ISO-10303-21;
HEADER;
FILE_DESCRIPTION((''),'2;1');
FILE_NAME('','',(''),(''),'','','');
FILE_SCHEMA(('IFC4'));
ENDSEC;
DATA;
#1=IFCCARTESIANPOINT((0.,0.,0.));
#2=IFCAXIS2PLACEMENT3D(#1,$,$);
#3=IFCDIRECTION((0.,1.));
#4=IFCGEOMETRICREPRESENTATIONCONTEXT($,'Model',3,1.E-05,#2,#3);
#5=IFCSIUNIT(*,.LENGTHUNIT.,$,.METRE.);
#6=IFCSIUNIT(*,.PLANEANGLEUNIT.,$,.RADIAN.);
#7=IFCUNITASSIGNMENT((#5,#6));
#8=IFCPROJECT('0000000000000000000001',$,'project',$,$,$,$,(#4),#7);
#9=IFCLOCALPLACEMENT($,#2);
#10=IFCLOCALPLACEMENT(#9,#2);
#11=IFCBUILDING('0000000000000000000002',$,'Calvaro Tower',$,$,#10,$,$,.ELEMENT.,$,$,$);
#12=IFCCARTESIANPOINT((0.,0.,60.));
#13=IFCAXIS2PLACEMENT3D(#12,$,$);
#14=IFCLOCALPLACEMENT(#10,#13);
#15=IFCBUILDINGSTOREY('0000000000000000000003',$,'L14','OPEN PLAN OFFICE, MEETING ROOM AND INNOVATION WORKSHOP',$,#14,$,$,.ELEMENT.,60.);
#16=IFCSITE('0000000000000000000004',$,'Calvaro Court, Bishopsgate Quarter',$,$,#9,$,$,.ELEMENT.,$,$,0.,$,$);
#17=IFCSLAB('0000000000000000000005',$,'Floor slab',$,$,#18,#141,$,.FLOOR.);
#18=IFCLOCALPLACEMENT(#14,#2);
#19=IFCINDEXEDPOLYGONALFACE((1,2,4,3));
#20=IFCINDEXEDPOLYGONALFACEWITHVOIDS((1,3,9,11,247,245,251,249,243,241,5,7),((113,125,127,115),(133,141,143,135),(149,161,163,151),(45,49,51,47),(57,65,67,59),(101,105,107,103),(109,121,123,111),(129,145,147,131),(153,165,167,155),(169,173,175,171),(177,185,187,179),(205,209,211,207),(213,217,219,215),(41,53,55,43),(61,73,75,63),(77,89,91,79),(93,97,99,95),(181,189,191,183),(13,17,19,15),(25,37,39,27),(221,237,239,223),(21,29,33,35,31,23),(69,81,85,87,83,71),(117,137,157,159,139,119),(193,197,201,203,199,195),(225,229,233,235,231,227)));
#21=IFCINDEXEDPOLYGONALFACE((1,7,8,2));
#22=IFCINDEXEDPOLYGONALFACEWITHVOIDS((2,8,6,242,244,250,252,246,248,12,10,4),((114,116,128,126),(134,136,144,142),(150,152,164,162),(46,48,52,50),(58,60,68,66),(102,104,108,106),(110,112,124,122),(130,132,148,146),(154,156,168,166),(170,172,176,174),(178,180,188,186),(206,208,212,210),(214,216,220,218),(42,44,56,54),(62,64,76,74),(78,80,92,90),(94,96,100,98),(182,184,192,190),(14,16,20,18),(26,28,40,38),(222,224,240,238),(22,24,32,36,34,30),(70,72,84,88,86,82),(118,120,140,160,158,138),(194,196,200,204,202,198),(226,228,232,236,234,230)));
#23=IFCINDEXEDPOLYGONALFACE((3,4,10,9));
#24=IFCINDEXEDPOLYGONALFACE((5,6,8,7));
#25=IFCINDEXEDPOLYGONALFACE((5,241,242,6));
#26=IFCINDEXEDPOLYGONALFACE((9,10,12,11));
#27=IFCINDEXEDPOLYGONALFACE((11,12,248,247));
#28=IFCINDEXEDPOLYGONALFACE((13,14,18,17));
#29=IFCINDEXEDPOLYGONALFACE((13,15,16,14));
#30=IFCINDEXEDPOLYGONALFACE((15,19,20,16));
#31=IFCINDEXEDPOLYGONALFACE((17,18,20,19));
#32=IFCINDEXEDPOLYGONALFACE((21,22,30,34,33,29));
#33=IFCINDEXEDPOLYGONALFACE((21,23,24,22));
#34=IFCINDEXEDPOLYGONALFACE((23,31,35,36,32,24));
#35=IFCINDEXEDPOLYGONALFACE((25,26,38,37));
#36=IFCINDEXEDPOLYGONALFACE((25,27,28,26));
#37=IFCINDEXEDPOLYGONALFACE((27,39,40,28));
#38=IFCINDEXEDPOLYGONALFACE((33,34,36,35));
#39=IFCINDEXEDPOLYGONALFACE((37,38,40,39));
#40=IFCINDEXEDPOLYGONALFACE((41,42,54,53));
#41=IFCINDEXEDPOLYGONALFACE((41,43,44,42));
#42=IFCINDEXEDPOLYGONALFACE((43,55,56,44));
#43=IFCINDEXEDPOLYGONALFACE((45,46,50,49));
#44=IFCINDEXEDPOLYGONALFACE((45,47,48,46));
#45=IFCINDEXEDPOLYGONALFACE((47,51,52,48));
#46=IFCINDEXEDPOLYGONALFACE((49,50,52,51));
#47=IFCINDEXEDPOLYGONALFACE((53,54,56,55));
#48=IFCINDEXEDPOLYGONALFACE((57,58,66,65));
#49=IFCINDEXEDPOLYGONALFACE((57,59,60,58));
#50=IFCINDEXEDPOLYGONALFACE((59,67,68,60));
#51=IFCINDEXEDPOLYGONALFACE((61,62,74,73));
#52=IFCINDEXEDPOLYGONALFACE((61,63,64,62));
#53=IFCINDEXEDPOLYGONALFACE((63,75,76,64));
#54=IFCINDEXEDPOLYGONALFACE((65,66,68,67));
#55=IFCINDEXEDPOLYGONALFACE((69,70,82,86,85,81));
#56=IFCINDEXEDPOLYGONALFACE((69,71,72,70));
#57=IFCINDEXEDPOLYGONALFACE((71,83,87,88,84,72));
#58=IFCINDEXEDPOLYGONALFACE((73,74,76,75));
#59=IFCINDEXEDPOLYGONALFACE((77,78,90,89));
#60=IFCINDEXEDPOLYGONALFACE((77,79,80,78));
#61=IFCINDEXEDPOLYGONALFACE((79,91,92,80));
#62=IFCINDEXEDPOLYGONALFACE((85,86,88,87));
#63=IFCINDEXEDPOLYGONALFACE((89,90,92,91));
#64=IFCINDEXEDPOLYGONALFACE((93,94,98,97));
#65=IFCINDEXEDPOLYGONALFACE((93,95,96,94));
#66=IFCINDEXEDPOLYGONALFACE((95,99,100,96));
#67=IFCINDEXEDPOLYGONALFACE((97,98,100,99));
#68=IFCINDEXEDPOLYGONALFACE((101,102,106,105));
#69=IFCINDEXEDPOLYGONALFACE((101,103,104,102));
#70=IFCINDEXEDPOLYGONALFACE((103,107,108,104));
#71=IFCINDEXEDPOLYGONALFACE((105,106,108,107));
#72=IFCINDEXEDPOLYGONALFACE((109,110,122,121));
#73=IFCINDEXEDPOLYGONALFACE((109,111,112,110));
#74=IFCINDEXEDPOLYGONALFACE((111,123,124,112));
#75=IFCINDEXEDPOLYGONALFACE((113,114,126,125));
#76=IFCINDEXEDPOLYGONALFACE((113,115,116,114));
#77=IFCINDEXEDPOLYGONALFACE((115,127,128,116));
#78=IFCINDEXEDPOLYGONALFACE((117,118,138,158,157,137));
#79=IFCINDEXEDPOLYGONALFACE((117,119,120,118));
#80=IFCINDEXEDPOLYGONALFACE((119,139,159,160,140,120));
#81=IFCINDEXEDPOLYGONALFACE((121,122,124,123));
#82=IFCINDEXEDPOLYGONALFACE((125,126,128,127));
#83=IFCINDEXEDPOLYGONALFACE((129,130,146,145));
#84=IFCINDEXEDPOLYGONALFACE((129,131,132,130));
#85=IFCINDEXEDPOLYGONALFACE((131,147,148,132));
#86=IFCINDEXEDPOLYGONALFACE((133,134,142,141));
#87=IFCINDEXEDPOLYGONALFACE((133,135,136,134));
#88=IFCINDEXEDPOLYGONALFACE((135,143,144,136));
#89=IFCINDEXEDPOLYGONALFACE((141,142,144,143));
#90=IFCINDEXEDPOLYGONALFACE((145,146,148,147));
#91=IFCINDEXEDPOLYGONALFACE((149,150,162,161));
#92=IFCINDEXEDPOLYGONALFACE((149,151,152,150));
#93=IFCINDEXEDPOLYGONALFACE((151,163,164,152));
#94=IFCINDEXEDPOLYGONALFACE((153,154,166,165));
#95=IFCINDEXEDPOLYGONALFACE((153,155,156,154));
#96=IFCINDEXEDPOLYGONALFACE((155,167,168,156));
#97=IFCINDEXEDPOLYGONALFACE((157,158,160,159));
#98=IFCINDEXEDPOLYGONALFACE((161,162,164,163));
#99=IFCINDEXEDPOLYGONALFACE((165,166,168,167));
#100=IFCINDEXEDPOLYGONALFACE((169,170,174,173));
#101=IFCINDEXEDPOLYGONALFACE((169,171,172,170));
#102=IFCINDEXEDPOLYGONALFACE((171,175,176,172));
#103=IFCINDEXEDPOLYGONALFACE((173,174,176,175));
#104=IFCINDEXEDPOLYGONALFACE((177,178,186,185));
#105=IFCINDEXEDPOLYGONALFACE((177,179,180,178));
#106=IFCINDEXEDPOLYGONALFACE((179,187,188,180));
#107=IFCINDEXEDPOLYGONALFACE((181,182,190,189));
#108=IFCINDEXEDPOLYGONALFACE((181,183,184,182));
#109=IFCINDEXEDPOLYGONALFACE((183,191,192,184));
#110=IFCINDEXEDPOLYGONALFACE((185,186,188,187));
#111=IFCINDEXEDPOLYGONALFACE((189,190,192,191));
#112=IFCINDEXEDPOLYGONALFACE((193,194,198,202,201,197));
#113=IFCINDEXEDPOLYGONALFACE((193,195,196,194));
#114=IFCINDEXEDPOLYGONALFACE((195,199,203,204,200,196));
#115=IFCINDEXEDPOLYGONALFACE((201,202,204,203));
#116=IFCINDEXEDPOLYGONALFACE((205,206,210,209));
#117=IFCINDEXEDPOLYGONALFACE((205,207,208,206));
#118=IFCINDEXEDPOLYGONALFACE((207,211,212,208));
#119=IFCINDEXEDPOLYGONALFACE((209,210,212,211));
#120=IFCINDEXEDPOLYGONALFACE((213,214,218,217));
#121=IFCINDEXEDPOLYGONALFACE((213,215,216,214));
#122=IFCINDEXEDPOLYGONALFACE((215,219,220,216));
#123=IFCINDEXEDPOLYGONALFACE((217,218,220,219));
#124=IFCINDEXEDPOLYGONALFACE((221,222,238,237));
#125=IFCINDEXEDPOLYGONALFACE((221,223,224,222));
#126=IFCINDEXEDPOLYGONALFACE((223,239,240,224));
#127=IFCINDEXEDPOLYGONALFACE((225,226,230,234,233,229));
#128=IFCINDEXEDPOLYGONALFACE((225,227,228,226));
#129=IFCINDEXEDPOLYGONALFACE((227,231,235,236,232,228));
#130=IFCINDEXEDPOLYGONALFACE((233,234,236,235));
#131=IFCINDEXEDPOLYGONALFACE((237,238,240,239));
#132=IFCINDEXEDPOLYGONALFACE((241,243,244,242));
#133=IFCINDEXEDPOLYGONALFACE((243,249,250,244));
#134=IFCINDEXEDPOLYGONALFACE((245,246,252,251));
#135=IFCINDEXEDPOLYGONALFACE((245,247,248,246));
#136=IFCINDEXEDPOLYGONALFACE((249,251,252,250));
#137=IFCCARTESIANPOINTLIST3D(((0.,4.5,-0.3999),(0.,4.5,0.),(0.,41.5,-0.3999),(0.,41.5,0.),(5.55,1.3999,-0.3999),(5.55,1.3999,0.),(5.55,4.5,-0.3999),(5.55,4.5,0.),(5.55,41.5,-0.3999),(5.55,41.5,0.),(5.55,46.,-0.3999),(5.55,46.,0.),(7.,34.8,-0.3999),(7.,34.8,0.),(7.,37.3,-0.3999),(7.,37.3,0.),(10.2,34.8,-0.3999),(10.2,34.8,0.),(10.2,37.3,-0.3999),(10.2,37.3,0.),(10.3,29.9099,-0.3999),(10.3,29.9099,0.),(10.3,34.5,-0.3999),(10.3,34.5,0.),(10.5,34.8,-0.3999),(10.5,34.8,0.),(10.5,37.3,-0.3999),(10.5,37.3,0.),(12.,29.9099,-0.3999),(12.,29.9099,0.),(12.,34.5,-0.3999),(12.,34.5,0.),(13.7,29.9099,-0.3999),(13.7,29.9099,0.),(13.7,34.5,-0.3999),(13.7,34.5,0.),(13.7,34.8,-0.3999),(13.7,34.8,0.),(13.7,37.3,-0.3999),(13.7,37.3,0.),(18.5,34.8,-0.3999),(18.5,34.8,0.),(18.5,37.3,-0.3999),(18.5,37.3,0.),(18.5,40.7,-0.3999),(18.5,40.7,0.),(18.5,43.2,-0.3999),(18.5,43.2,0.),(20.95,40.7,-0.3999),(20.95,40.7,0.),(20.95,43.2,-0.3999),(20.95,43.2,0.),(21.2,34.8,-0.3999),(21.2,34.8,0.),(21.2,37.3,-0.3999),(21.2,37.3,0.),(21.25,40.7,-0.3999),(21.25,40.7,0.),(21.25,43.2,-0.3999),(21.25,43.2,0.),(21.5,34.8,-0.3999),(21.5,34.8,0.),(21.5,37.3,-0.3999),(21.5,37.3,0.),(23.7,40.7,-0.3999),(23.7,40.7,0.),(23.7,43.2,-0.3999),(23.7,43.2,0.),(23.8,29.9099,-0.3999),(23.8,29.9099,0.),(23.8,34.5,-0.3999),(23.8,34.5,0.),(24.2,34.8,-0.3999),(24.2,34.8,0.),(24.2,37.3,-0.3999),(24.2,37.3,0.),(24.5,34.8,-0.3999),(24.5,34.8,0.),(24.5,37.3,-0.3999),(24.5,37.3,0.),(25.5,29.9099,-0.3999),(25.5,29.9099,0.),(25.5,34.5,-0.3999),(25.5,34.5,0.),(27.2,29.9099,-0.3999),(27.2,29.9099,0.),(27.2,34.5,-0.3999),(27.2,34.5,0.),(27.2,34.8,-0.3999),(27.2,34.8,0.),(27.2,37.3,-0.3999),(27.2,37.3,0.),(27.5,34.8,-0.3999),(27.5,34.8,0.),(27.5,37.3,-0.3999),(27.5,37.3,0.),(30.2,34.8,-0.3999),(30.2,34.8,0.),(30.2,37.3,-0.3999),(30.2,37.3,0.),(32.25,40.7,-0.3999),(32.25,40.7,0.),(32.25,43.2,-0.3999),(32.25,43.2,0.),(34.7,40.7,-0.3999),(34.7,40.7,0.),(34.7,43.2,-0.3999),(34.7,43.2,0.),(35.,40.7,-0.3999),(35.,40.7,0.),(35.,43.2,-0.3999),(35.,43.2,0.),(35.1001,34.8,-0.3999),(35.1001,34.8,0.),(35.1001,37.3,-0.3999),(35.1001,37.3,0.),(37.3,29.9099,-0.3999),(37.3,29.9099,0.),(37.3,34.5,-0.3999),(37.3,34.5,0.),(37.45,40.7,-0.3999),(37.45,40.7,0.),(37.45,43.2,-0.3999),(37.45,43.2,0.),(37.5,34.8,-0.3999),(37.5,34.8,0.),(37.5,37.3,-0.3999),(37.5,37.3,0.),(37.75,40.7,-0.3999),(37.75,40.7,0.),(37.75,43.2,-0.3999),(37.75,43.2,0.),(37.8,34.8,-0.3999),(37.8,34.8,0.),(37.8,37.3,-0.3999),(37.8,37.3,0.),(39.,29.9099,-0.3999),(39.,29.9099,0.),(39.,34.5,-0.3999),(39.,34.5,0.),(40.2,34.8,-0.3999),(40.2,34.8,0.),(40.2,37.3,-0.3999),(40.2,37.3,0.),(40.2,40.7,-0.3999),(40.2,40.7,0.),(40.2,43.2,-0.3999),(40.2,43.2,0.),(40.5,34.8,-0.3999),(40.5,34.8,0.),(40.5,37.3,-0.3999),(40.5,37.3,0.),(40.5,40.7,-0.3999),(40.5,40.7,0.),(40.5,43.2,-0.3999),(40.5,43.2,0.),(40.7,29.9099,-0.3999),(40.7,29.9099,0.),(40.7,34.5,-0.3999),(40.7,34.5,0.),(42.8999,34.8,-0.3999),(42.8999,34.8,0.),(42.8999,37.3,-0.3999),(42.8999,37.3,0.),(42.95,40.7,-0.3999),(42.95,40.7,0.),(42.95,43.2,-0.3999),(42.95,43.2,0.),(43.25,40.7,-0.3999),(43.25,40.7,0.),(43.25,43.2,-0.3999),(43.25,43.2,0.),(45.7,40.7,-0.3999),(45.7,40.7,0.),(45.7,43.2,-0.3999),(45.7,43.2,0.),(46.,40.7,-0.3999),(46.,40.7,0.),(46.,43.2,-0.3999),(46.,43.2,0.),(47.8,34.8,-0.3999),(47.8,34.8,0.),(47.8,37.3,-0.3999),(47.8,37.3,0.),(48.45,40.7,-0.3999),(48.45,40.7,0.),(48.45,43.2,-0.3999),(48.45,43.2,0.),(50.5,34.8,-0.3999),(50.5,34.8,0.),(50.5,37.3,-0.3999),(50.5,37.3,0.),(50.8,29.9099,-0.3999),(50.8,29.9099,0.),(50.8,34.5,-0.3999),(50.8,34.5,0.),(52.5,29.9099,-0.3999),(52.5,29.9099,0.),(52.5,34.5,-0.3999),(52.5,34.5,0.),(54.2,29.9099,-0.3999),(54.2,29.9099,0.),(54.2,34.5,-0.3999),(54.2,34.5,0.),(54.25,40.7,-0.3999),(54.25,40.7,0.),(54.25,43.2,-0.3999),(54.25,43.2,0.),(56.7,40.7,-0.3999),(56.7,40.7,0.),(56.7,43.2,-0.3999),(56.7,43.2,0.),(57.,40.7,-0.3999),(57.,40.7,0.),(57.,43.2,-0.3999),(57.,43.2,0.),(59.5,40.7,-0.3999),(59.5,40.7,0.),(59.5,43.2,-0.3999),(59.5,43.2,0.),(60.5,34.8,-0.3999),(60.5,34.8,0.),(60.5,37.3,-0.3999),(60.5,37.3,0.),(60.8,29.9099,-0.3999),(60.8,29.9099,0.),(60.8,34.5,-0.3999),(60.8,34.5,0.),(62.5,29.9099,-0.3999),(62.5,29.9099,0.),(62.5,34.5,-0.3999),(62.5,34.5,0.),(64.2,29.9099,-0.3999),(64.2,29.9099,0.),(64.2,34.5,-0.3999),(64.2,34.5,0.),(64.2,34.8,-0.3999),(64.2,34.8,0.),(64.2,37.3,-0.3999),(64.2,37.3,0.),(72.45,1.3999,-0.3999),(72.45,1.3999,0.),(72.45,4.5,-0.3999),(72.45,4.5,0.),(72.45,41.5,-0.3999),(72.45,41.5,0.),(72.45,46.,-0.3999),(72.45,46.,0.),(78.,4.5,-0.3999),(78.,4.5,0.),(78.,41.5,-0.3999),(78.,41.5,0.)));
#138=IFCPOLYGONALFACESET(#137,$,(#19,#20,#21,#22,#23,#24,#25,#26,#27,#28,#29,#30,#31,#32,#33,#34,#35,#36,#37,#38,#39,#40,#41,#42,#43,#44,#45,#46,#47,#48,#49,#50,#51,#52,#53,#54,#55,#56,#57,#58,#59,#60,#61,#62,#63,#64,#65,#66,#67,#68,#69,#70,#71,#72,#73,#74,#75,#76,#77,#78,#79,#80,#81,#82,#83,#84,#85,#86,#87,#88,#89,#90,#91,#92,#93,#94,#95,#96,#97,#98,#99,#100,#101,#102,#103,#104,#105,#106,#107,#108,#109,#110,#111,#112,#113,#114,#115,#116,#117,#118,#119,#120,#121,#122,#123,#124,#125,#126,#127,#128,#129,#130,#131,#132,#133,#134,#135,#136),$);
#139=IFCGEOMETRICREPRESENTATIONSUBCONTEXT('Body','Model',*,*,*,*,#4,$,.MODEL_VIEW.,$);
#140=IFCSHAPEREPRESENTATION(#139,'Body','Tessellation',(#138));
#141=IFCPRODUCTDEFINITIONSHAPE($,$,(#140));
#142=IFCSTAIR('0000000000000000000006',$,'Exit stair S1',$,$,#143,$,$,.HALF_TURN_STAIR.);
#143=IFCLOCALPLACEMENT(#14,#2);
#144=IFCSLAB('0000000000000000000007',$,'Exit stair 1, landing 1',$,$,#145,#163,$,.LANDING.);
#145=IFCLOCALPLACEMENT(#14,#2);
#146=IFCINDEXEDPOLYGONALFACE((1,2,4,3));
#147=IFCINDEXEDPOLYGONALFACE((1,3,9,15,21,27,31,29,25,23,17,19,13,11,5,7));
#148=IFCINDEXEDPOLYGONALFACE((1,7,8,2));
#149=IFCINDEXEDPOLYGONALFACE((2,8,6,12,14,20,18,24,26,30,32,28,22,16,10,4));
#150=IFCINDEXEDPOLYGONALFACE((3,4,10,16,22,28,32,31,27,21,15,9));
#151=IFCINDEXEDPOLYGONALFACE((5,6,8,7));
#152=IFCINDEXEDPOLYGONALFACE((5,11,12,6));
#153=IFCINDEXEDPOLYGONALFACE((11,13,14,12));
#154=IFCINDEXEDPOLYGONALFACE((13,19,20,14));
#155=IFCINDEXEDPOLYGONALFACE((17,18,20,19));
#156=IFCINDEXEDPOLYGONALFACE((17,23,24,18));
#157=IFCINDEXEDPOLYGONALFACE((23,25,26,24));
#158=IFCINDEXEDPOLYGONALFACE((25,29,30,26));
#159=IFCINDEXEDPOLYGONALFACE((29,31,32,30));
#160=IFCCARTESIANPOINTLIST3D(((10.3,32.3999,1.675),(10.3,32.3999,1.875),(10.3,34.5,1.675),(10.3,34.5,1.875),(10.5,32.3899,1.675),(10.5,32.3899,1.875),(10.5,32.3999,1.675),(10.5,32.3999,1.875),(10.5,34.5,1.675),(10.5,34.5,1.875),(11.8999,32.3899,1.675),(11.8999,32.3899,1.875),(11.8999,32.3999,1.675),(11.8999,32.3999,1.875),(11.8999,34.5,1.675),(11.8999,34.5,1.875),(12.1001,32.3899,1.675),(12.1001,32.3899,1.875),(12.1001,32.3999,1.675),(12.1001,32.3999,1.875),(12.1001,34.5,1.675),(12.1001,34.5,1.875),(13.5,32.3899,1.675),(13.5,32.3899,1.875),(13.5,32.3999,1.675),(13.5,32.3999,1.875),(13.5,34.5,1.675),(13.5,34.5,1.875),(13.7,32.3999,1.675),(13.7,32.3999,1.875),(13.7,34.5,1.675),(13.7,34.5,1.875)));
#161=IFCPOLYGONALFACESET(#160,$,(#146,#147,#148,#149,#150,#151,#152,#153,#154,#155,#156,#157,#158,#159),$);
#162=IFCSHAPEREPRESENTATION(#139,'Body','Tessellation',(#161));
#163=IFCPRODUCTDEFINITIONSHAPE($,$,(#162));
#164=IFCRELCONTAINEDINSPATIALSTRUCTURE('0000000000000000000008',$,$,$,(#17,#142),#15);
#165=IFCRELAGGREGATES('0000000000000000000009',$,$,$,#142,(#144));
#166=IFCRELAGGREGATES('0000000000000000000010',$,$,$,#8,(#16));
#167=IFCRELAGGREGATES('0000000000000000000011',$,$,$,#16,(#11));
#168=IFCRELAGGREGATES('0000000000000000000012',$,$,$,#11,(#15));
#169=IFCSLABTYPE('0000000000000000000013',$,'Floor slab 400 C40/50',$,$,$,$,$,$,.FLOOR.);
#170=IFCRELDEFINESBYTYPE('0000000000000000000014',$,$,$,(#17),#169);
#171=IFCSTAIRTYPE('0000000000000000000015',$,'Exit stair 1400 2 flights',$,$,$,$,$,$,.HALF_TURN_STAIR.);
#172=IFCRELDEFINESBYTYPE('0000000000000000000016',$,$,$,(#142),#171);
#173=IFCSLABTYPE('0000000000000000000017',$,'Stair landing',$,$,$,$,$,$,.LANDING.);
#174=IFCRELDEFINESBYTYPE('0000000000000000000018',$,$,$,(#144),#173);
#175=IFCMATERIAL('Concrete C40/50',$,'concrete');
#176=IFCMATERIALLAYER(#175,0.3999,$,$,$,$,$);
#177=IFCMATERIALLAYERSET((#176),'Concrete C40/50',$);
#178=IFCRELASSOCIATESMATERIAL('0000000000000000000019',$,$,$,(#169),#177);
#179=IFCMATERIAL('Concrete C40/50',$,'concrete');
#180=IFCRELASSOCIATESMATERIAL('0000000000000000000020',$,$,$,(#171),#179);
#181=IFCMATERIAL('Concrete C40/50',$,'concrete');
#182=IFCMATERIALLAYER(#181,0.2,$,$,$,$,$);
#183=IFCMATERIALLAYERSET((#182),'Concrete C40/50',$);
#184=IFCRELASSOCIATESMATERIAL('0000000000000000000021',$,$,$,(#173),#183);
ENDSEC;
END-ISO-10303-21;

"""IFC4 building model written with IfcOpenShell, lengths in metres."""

from ifc_helpers import new_model, si_unit, direction, frame, origin, place, context, subcontext, project, spatial, polyline, outline, extrude, material, layer, layer_set, type_object, element, aggregate, save


model = new_model("IFC4")

# Units and contexts
model_context = context("Model", 3, precision=1e-05, world=origin(), true_north=direction((0.0, 1.0)))
body_context = subcontext(model_context, "Body", "Model", "MODEL_VIEW")
ifc_project = project(units=[si_unit("LENGTHUNIT", "METRE"), si_unit("PLANEANGLEUNIT", "RADIAN")], contexts=[model_context])

# Site, building, storey
site_placement = place(None, origin())
site = spatial("IfcSite", under=ifc_project, at=site_placement, Name="Calvaro Court, Bishopsgate Quarter", CompositionType="ELEMENT", RefElevation=0.0)
building_placement = place(site_placement, origin())
building = spatial("IfcBuilding", under=site, at=building_placement, Name="Calvaro Tower", CompositionType="ELEMENT")
storey_placement = place(building_placement, frame((0.0, 0.0, 60.0)))
storey = spatial("IfcBuildingStorey", under=building, at=storey_placement, Name="L14", Description="OPEN PLAN OFFICE, MEETING ROOM AND INNOVATION WORKSHOP", CompositionType="ELEMENT", Elevation=60.0)

# Slab
ifc_material_1 = material(Name="Concrete C40/50", Category="concrete")
ifc_layer_1 = layer(ifc_material_1, 0.3999)
ifc_layer_set_1 = layer_set([ifc_layer_1], Name="Concrete C40/50")
slab_type_1 = type_object("IfcSlabType", Name="Floor slab 400 C40/50", PredefinedType="FLOOR", material=ifc_layer_set_1)
slab_1_placement = place(storey_placement, frame((0.0, 0.0, -0.3999)))
element("IfcSlab", 1, at=slab_1_placement, inside=storey, type_object=slab_type_1, Name="Floor slab", PredefinedType="FLOOR", context=body_context, shape_type="SweptSolid", body=[
    extrude(outline(polyline([(72.45, 4.5), (72.45, 1.3999), (5.55, 1.3999), (5.55, 4.5), (0.0, 4.5), (0.0, 41.5), (5.55, 41.5), (5.55, 46.0), (72.45, 46.0), (72.45, 41.5), (78.0, 41.5), (78.0, 4.5), (72.45, 4.5)]), holes=[polyline([(10.3, 29.9099), (10.3, 34.5), (12.0, 34.5), (13.7, 34.5), (13.7, 29.9099), (12.0, 29.9099), (10.3, 29.9099)]), polyline([(23.8, 29.9099), (23.8, 34.5), (25.5, 34.5), (27.2, 34.5), (27.2, 29.9099), (25.5, 29.9099), (23.8, 29.9099)]), polyline([(37.3, 29.9099), (37.3, 34.5), (39.0, 34.5), (40.7, 34.5), (40.7, 29.9099), (39.0, 29.9099), (37.3, 29.9099)]), polyline([(50.8, 29.9099), (50.8, 34.5), (52.5, 34.5), (54.2, 34.5), (54.2, 29.9099), (52.5, 29.9099), (50.8, 29.9099)]), polyline([(60.8, 29.9099), (60.8, 34.5), (62.5, 34.5), (64.2, 34.5), (64.2, 29.9099), (62.5, 29.9099), (60.8, 29.9099)]), polyline([(18.5, 34.8), (21.2, 34.8), (21.2, 37.3), (18.5, 37.3), (18.5, 34.8)]), polyline([(21.5, 34.8), (24.2, 34.8), (24.2, 37.3), (21.5, 37.3), (21.5, 34.8)]), polyline([(24.5, 34.8), (27.2, 34.8), (27.2, 37.3), (24.5, 37.3), (24.5, 34.8)]), polyline([(35.1001, 34.8), (37.5, 34.8), (37.5, 37.3), (35.1001, 37.3), (35.1001, 34.8)]), polyline([(37.8, 34.8), (40.2, 34.8), (40.2, 37.3), (37.8, 37.3), (37.8, 34.8)]), polyline([(40.5, 34.8), (42.8999, 34.8), (42.8999, 37.3), (40.5, 37.3), (40.5, 34.8)]), polyline([(18.5, 40.7), (20.95, 40.7), (20.95, 43.2), (18.5, 43.2), (18.5, 40.7)]), polyline([(21.25, 40.7), (23.7, 40.7), (23.7, 43.2), (21.25, 43.2), (21.25, 40.7)]), polyline([(32.25, 40.7), (34.7, 40.7), (34.7, 43.2), (32.25, 43.2), (32.25, 40.7)]), polyline([(35.0, 40.7), (37.45, 40.7), (37.45, 43.2), (35.0, 43.2), (35.0, 40.7)]), polyline([(37.75, 40.7), (40.2, 40.7), (40.2, 43.2), (37.75, 43.2), (37.75, 40.7)]), polyline([(40.5, 40.7), (42.95, 40.7), (42.95, 43.2), (40.5, 43.2), (40.5, 40.7)]), polyline([(43.25, 40.7), (45.7, 40.7), (45.7, 43.2), (43.25, 43.2), (43.25, 40.7)]), polyline([(46.0, 40.7), (48.45, 40.7), (48.45, 43.2), (46.0, 43.2), (46.0, 40.7)]), polyline([(54.25, 40.7), (56.7, 40.7), (56.7, 43.2), (54.25, 43.2), (54.25, 40.7)]), polyline([(57.0, 40.7), (59.5, 40.7), (59.5, 43.2), (57.0, 43.2), (57.0, 40.7)]), polyline([(7.0, 34.8), (10.2, 34.8), (10.2, 37.3), (7.0, 37.3), (7.0, 34.8)]), polyline([(10.5, 34.8), (13.7, 34.8), (13.7, 37.3), (10.5, 37.3), (10.5, 34.8)]), polyline([(60.5, 34.8), (64.2, 34.8), (64.2, 37.3), (60.5, 37.3), (60.5, 34.8)]), polyline([(27.5, 34.8), (30.2, 34.8), (30.2, 37.3), (27.5, 37.3), (27.5, 34.8)]), polyline([(47.8, 34.8), (50.5, 34.8), (50.5, 37.3), (47.8, 37.3), (47.8, 34.8)])]), origin(), (0.0, 0.0, 1.0), 0.3999),
])

# Stair, slab
ifc_material_2 = material(Name="Concrete C40/50", Category="concrete")
stair_type = type_object("IfcStairType", Name="Exit stair 1400 2 flights", PredefinedType="HALF_TURN_STAIR", material=ifc_material_2)
stair_1_placement = place(storey_placement, origin())
stair_1 = element("IfcStair", 2, at=stair_1_placement, inside=storey, type_object=stair_type, Name="Exit stair S1", PredefinedType="HALF_TURN_STAIR")
ifc_material_3 = material(Name="Concrete C40/50", Category="concrete")
ifc_layer_2 = layer(ifc_material_3, 0.2)
ifc_layer_set_2 = layer_set([ifc_layer_2], Name="Concrete C40/50")
slab_type_2 = type_object("IfcSlabType", Name="Stair landing", PredefinedType="LANDING", material=ifc_layer_set_2)
slab_2_placement = place(storey_placement, frame((0.0, 0.0, 1.675)))
slab_2 = element("IfcSlab", 3, at=slab_2_placement, type_object=slab_type_2, Name="Exit stair 1, landing 1", PredefinedType="LANDING", context=body_context, shape_type="SweptSolid", body=[
    extrude(outline(polyline([(11.8999, 32.3899), (10.5, 32.3899), (10.5, 32.3999), (10.3, 32.3999), (10.3, 34.5), (10.5, 34.5), (11.8999, 34.5), (12.1001, 34.5), (13.5, 34.5), (13.7, 34.5), (13.7, 32.3999), (13.5, 32.3999), (13.5, 32.3899), (12.1001, 32.3899), (12.1001, 32.3999), (11.8999, 32.3999), (11.8999, 32.3899)])), origin(), (0.0, 0.0, 1.0), 0.2),
])
aggregate(stair_1, [slab_2])

save(model, "model.ifc")
